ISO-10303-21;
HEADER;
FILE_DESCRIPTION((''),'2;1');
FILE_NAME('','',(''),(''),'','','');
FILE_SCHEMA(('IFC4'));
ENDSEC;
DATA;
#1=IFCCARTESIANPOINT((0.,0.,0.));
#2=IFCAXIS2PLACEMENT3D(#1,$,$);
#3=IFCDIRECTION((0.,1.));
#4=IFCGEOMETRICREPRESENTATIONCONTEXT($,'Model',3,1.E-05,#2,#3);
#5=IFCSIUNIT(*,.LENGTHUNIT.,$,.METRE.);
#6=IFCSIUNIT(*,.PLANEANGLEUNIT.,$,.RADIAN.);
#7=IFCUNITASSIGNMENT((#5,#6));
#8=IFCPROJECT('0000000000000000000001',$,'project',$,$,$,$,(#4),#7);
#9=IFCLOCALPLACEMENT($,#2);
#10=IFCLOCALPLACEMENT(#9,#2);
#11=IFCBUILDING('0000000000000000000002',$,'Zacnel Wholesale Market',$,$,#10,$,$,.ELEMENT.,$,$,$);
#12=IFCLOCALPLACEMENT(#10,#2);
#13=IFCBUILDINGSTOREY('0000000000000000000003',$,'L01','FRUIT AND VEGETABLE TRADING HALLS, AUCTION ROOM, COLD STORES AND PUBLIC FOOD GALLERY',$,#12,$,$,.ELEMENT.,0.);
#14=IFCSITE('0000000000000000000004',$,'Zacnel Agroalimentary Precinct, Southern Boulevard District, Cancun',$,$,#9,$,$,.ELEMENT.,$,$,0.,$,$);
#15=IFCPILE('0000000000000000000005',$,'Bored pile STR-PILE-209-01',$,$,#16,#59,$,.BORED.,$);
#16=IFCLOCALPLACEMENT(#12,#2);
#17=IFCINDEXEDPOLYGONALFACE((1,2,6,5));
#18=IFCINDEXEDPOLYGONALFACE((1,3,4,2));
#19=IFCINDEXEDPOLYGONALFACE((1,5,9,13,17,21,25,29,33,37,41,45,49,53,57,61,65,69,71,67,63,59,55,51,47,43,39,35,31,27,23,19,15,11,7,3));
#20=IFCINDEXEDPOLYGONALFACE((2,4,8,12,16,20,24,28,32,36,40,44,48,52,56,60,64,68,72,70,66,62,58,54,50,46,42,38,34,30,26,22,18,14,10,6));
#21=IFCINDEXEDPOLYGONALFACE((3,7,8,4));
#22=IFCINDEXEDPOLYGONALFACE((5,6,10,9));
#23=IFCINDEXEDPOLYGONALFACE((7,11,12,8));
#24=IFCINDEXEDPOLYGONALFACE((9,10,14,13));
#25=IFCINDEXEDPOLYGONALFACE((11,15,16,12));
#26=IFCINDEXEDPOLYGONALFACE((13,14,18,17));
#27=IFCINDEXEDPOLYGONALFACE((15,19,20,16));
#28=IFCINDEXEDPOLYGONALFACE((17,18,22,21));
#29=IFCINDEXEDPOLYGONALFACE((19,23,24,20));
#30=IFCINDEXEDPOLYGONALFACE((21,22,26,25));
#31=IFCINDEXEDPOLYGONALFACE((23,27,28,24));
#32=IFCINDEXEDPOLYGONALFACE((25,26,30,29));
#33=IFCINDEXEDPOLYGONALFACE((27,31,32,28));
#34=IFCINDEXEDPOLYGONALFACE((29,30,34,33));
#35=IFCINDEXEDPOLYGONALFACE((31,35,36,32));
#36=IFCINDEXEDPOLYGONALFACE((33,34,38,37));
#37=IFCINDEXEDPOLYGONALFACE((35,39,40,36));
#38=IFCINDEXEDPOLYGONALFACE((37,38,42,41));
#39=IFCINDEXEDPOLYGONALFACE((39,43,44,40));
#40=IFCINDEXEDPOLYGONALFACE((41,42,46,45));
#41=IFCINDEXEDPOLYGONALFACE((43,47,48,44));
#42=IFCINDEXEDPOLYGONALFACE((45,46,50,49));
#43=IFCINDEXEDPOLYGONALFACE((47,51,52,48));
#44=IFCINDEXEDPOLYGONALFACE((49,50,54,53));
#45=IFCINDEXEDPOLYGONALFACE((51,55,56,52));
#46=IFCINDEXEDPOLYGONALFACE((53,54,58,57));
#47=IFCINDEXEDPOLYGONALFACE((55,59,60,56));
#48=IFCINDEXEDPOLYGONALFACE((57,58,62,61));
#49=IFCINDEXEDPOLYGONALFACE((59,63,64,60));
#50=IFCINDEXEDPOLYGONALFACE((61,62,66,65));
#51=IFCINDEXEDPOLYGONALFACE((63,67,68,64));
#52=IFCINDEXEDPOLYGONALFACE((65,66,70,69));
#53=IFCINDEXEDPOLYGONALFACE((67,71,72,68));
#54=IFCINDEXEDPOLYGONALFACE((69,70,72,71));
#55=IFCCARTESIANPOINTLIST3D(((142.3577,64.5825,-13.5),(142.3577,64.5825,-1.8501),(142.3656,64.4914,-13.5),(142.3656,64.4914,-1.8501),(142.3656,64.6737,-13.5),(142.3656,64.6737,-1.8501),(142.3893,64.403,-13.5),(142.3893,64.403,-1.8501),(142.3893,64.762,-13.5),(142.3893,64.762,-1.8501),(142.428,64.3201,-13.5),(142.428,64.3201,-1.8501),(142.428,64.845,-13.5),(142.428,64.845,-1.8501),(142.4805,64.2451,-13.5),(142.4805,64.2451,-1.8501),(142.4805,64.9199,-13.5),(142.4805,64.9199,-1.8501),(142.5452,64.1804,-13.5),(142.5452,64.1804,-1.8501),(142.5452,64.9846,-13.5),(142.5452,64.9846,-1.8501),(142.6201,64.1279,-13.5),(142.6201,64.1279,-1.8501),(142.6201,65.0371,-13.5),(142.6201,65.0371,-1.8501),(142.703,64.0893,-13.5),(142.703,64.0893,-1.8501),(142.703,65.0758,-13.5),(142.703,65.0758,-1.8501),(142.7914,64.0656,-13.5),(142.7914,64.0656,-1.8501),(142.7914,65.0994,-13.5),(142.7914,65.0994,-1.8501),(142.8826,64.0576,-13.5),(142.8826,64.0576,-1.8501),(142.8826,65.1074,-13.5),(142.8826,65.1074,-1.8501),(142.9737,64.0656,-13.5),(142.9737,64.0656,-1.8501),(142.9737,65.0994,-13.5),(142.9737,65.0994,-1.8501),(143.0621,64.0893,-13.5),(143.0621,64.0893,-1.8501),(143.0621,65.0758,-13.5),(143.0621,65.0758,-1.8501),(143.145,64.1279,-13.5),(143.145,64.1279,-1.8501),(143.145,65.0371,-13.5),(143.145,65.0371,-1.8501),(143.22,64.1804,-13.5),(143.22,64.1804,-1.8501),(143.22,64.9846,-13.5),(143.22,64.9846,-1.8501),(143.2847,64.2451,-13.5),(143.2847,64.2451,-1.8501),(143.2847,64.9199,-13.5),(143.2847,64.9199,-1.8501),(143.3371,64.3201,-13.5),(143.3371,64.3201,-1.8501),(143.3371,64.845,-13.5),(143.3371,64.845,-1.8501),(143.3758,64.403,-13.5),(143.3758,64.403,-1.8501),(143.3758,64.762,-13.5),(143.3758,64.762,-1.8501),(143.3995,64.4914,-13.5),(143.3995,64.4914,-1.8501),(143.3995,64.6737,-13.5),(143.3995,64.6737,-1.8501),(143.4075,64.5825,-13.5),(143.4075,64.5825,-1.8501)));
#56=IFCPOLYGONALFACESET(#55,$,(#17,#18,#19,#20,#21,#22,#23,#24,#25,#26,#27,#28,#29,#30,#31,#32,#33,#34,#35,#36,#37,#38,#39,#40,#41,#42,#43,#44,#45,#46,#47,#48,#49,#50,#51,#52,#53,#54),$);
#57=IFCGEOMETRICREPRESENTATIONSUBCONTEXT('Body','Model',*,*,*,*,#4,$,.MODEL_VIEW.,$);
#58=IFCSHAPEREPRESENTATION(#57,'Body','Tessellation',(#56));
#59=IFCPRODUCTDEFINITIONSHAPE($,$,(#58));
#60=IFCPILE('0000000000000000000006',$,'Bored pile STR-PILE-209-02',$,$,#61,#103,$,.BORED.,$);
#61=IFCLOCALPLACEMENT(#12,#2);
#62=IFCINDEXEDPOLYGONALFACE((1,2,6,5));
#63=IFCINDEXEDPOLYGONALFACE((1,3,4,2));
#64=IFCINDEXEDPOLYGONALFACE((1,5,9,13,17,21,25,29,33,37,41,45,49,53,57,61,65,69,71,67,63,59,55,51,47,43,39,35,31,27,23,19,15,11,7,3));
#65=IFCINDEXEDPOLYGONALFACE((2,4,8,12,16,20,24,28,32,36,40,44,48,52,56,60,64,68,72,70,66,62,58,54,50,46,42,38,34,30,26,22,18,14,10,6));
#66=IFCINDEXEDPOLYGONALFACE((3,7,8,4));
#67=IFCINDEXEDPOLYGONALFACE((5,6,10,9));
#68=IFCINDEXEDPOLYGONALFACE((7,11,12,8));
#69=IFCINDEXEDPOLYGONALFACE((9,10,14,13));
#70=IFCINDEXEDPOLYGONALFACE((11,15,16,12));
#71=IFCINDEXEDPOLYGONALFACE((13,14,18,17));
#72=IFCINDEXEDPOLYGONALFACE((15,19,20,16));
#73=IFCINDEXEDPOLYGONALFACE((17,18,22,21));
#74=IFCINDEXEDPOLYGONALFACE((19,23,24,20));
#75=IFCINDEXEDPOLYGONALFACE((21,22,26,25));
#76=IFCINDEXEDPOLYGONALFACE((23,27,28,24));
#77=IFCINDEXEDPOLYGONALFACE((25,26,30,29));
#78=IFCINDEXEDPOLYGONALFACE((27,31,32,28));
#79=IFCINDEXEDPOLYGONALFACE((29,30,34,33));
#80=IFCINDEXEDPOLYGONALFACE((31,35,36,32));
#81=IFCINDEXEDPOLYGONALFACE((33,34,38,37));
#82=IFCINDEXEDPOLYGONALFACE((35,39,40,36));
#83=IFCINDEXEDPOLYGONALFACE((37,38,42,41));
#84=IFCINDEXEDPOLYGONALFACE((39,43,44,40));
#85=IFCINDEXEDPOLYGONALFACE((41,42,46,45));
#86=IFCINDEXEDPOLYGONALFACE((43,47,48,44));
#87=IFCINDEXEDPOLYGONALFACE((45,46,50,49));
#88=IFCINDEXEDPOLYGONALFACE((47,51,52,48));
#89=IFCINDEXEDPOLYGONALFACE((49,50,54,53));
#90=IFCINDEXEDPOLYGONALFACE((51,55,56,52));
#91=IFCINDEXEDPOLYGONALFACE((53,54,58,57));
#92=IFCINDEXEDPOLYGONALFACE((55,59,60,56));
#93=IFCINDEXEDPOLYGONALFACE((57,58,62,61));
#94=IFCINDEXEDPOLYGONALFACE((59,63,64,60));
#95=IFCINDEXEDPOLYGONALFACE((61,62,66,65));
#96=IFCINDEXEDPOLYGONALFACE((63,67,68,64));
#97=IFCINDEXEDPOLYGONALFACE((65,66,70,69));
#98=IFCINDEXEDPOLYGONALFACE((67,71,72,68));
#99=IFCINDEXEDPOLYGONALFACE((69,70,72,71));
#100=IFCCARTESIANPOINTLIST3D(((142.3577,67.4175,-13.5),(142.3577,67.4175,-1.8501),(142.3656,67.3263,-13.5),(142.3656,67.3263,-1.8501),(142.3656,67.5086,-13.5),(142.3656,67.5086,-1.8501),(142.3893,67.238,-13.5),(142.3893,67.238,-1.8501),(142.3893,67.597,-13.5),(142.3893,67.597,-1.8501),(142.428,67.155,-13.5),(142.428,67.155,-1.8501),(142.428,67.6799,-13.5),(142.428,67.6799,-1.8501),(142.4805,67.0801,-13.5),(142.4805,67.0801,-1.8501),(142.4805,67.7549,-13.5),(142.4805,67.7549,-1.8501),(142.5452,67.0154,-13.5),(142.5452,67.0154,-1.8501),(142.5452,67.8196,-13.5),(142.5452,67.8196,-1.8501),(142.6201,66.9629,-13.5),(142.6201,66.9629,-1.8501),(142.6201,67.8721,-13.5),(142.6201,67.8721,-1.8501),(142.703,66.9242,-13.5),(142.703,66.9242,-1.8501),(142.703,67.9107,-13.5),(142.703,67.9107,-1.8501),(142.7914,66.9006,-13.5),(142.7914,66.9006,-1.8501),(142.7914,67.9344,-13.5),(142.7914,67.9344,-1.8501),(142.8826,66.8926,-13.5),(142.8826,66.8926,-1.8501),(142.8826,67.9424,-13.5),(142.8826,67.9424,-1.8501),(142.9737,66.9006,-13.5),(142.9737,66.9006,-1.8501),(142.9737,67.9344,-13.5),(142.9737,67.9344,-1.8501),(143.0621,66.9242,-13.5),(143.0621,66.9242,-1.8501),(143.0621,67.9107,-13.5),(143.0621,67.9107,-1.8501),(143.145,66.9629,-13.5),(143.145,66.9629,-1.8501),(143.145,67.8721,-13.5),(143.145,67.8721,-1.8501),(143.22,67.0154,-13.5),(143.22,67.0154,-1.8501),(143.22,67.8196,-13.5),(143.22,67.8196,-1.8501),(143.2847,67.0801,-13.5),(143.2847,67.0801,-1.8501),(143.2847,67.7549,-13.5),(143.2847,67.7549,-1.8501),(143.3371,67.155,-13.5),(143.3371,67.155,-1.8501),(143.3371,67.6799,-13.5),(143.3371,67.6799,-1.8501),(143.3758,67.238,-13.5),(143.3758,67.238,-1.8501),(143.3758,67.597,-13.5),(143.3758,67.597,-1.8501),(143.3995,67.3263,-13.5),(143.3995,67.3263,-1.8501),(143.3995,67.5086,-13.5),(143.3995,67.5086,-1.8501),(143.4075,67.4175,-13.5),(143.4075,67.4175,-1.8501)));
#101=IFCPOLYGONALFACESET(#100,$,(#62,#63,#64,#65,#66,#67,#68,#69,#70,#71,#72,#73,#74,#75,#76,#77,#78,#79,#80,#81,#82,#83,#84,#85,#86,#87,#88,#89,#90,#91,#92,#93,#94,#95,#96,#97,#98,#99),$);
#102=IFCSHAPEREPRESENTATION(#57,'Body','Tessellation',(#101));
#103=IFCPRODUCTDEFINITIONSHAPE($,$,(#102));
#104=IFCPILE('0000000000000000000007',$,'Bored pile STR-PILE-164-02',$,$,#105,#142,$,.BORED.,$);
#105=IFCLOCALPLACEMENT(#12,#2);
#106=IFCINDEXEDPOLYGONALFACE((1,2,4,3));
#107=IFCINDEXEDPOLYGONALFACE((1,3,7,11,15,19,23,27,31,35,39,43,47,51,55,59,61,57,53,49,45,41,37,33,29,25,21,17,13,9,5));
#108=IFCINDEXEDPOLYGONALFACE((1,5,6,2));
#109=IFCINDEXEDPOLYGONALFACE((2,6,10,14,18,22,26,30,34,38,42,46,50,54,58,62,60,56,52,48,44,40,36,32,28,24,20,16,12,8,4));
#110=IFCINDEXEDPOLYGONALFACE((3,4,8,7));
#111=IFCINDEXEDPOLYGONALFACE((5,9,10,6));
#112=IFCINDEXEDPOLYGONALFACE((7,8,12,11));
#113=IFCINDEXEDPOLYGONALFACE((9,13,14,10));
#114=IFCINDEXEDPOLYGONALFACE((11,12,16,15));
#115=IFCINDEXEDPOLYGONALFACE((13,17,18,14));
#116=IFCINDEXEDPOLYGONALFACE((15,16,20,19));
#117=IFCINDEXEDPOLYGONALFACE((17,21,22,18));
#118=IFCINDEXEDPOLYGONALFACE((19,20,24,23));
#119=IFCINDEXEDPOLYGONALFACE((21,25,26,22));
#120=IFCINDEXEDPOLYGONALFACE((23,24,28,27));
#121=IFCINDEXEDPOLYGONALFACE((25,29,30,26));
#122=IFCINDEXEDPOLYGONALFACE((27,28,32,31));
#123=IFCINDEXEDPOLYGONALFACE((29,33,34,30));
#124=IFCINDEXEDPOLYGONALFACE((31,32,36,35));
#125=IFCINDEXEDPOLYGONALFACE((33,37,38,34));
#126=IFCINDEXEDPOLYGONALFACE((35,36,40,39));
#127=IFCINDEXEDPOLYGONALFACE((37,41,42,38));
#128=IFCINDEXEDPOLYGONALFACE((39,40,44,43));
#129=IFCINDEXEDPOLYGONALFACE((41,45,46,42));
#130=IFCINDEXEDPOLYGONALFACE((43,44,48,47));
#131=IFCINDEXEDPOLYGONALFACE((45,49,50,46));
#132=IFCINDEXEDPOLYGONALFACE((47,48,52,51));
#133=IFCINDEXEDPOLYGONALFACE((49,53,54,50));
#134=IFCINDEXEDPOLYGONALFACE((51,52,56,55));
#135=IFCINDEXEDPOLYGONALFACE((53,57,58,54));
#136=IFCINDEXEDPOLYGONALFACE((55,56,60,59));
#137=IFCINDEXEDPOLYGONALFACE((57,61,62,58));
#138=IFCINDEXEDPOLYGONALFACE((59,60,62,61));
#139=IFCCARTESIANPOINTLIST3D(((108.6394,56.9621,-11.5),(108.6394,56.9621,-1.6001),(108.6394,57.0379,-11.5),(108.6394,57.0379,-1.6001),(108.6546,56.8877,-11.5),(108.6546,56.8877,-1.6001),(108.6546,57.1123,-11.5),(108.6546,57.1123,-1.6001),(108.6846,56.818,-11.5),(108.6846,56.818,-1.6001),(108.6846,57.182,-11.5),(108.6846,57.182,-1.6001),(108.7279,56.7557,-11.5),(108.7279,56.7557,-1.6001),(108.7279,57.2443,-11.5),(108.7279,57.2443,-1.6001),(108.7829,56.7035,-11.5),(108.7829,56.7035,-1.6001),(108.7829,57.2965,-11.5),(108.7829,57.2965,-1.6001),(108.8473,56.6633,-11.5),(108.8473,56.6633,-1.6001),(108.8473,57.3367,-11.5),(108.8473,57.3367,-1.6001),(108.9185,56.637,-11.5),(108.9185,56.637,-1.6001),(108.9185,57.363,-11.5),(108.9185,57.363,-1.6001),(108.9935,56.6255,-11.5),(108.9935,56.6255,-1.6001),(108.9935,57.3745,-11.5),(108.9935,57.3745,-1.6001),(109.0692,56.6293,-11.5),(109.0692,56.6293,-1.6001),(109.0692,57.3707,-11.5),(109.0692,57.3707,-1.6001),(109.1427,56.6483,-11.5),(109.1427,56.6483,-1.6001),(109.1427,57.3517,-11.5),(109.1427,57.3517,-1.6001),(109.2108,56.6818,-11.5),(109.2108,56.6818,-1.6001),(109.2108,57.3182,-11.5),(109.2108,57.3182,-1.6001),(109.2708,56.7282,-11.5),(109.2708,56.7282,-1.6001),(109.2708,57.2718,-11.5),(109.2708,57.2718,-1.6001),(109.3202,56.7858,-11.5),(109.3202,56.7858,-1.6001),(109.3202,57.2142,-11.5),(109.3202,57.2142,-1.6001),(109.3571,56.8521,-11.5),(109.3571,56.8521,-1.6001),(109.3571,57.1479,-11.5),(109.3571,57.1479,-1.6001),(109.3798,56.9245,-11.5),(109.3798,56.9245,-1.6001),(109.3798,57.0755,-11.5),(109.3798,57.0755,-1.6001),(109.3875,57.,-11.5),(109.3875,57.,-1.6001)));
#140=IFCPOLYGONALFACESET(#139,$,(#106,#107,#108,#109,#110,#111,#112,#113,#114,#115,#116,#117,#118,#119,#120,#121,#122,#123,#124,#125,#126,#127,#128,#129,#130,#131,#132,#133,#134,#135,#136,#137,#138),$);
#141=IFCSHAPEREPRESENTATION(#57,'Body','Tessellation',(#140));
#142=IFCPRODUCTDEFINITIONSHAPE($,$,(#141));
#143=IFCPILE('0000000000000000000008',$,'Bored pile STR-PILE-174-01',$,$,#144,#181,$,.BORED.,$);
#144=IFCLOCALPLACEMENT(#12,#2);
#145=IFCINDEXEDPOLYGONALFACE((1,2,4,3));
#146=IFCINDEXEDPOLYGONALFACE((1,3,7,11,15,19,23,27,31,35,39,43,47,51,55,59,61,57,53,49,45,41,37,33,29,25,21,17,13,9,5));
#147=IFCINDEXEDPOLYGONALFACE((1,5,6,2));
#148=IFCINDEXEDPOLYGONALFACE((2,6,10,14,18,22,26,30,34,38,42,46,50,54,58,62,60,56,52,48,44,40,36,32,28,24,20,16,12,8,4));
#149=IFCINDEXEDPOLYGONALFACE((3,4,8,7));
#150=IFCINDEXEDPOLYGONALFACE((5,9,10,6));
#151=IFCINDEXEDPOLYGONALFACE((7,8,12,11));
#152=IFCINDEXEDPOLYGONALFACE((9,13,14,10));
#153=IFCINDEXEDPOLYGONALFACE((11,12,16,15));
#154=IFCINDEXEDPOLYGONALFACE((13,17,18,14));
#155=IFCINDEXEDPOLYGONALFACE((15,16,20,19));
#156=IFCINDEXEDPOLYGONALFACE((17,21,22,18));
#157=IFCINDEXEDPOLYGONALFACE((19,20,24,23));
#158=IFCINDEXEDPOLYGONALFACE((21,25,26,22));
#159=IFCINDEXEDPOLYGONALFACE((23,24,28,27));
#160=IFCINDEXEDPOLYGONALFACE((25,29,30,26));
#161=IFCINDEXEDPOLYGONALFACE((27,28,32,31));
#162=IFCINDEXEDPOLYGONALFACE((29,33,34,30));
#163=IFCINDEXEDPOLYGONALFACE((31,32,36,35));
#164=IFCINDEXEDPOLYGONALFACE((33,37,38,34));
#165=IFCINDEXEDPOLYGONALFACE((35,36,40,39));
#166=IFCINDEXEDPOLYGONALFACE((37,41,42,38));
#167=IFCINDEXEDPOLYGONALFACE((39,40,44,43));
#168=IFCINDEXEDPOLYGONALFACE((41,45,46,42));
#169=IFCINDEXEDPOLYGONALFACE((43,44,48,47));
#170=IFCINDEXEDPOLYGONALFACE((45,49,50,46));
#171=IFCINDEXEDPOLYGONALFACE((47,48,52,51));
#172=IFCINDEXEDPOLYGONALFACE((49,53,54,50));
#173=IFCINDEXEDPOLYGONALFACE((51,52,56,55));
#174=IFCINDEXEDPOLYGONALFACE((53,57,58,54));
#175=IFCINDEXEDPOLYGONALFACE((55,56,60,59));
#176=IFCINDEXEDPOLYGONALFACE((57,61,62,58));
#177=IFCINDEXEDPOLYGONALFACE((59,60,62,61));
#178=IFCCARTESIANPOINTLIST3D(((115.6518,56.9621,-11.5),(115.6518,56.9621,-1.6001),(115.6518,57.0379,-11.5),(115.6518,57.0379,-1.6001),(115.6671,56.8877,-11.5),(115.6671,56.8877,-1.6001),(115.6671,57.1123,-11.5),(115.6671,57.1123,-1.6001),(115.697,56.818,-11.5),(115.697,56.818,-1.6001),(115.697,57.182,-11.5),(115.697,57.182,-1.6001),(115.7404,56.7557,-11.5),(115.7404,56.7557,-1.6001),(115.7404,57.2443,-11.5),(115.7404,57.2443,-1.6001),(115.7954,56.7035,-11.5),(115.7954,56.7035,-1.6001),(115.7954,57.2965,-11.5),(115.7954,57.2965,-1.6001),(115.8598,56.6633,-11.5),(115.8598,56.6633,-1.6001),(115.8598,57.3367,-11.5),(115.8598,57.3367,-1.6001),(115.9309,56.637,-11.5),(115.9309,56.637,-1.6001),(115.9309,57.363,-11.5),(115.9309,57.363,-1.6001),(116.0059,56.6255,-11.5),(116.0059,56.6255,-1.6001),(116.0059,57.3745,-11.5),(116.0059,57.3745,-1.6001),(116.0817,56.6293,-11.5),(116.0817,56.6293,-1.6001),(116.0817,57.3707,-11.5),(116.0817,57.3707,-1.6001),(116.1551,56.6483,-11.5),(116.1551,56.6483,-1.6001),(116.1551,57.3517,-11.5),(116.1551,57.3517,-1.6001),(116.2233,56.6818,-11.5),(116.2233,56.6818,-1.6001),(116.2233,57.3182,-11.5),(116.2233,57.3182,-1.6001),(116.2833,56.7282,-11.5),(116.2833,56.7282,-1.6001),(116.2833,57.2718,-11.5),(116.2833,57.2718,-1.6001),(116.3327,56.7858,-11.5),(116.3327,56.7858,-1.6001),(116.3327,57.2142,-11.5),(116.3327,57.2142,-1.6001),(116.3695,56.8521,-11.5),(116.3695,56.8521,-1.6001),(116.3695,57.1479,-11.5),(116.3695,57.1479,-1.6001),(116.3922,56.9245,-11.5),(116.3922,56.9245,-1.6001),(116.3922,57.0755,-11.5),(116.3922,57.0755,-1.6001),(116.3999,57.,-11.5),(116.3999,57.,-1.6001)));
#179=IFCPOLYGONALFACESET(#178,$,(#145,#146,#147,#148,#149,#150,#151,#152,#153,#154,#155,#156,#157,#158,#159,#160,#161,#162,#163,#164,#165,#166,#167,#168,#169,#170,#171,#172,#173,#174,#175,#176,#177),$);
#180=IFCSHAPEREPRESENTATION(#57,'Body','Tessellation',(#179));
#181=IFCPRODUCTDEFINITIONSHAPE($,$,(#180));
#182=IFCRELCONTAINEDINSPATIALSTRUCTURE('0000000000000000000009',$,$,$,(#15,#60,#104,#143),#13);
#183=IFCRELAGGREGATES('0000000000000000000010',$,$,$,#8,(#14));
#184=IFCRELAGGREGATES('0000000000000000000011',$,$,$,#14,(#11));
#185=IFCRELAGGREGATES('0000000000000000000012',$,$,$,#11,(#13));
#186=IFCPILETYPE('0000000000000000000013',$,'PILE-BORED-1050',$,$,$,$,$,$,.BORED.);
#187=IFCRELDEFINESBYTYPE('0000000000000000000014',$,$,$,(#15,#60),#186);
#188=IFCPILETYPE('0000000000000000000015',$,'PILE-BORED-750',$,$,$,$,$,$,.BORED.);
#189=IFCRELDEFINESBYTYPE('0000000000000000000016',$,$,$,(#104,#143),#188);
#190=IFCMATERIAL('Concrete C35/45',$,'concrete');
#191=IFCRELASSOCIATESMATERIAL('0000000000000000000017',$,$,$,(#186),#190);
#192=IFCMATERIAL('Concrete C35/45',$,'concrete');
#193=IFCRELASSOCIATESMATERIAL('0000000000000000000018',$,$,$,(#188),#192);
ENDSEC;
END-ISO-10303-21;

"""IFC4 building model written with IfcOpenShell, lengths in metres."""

from ifc_helpers import new_model, si_unit, direction, frame, origin, origin_2d, place, context, subcontext, project, spatial, circle, extrude, material, material_profile, profile_set, type_object, element, save


model = new_model("IFC4")

# Units and contexts
model_context = context("Model", 3, precision=1e-05, world=origin(), true_north=direction((0.0, 1.0)))
body_context = subcontext(model_context, "Body", "Model", "MODEL_VIEW")
ifc_project = project(units=[si_unit("LENGTHUNIT", "METRE"), si_unit("PLANEANGLEUNIT", "RADIAN")], contexts=[model_context])

# Site, building, storey
site_placement = place(None, origin())
site = spatial("IfcSite", under=ifc_project, at=site_placement, Name="Zacnel Agroalimentary Precinct, Southern Boulevard District, Cancun", CompositionType="ELEMENT", RefElevation=0.0)
building_placement = place(site_placement, origin())
building = spatial("IfcBuilding", under=site, at=building_placement, Name="Zacnel Wholesale Market", CompositionType="ELEMENT")
storey_placement = place(building_placement, origin())
storey = spatial("IfcBuildingStorey", under=building, at=storey_placement, Name="L01", Description="FRUIT AND VEGETABLE TRADING HALLS, AUCTION ROOM, COLD STORES AND PUBLIC FOOD GALLERY", CompositionType="ELEMENT", Elevation=0.0)

# Piles
ifc_material_1 = material(Name="Concrete C35/45", Category="concrete")
ifc_material_profile_1 = material_profile(ifc_material_1, circle(Radius=0.5249, at=origin_2d()), Name="BORED PILE D1050")
ifc_profile_set_1 = profile_set([ifc_material_profile_1], Name="Concrete C35/45")
pile_type_1 = type_object("IfcPileType", Name="PILE-BORED-1050", PredefinedType="BORED", material=ifc_profile_set_1)
for number, where, z_axis, x_axis, name in (
    (1, (142.8826, 64.5825, -1.8501), (0.0, 0.0, -1.0), (1.0, 0.0, 0.0), "Bored pile STR-PILE-209-01"),
    (2, (142.8826, 67.4175, -1.8501), (0.0, 0.0, -1.0), (1.0, 0.0, 0.0), "Bored pile STR-PILE-209-02"),
):
    element("IfcPile", number, at=place(storey_placement, frame(where, z_axis=z_axis, x_axis=x_axis)), inside=storey, type_object=pile_type_1, Name=name, PredefinedType="BORED", context=body_context, shape_type="SweptSolid", body=[
        extrude(circle(Radius=0.5249, at=origin_2d()), origin(), (0.0, 0.0, 1.0), 11.6499),
    ])
ifc_material_2 = material(Name="Concrete C35/45", Category="concrete")
ifc_material_profile_2 = material_profile(ifc_material_2, circle(Radius=0.375, at=origin_2d()), Name="BORED PILE D750")
ifc_profile_set_2 = profile_set([ifc_material_profile_2], Name="Concrete C35/45")
pile_type_2 = type_object("IfcPileType", Name="PILE-BORED-750", PredefinedType="BORED", material=ifc_profile_set_2)
for number, where, z_axis, x_axis, name in (
    (3, (109.0125, 57.0, -1.6001), (0.0, 0.0, -1.0), (1.0, 0.0, 0.0), "Bored pile STR-PILE-164-02"),
    (4, (116.0249, 57.0, -1.6001), (0.0, 0.0, -1.0), (1.0, 0.0, 0.0), "Bored pile STR-PILE-174-01"),
):
    element("IfcPile", number, at=place(storey_placement, frame(where, z_axis=z_axis, x_axis=x_axis)), inside=storey, type_object=pile_type_2, Name=name, PredefinedType="BORED", context=body_context, shape_type="SweptSolid", body=[
        extrude(circle(Radius=0.375, at=origin_2d()), origin(), (0.0, 0.0, 1.0), 9.8999),
    ])

save(model, "model.ifc")
